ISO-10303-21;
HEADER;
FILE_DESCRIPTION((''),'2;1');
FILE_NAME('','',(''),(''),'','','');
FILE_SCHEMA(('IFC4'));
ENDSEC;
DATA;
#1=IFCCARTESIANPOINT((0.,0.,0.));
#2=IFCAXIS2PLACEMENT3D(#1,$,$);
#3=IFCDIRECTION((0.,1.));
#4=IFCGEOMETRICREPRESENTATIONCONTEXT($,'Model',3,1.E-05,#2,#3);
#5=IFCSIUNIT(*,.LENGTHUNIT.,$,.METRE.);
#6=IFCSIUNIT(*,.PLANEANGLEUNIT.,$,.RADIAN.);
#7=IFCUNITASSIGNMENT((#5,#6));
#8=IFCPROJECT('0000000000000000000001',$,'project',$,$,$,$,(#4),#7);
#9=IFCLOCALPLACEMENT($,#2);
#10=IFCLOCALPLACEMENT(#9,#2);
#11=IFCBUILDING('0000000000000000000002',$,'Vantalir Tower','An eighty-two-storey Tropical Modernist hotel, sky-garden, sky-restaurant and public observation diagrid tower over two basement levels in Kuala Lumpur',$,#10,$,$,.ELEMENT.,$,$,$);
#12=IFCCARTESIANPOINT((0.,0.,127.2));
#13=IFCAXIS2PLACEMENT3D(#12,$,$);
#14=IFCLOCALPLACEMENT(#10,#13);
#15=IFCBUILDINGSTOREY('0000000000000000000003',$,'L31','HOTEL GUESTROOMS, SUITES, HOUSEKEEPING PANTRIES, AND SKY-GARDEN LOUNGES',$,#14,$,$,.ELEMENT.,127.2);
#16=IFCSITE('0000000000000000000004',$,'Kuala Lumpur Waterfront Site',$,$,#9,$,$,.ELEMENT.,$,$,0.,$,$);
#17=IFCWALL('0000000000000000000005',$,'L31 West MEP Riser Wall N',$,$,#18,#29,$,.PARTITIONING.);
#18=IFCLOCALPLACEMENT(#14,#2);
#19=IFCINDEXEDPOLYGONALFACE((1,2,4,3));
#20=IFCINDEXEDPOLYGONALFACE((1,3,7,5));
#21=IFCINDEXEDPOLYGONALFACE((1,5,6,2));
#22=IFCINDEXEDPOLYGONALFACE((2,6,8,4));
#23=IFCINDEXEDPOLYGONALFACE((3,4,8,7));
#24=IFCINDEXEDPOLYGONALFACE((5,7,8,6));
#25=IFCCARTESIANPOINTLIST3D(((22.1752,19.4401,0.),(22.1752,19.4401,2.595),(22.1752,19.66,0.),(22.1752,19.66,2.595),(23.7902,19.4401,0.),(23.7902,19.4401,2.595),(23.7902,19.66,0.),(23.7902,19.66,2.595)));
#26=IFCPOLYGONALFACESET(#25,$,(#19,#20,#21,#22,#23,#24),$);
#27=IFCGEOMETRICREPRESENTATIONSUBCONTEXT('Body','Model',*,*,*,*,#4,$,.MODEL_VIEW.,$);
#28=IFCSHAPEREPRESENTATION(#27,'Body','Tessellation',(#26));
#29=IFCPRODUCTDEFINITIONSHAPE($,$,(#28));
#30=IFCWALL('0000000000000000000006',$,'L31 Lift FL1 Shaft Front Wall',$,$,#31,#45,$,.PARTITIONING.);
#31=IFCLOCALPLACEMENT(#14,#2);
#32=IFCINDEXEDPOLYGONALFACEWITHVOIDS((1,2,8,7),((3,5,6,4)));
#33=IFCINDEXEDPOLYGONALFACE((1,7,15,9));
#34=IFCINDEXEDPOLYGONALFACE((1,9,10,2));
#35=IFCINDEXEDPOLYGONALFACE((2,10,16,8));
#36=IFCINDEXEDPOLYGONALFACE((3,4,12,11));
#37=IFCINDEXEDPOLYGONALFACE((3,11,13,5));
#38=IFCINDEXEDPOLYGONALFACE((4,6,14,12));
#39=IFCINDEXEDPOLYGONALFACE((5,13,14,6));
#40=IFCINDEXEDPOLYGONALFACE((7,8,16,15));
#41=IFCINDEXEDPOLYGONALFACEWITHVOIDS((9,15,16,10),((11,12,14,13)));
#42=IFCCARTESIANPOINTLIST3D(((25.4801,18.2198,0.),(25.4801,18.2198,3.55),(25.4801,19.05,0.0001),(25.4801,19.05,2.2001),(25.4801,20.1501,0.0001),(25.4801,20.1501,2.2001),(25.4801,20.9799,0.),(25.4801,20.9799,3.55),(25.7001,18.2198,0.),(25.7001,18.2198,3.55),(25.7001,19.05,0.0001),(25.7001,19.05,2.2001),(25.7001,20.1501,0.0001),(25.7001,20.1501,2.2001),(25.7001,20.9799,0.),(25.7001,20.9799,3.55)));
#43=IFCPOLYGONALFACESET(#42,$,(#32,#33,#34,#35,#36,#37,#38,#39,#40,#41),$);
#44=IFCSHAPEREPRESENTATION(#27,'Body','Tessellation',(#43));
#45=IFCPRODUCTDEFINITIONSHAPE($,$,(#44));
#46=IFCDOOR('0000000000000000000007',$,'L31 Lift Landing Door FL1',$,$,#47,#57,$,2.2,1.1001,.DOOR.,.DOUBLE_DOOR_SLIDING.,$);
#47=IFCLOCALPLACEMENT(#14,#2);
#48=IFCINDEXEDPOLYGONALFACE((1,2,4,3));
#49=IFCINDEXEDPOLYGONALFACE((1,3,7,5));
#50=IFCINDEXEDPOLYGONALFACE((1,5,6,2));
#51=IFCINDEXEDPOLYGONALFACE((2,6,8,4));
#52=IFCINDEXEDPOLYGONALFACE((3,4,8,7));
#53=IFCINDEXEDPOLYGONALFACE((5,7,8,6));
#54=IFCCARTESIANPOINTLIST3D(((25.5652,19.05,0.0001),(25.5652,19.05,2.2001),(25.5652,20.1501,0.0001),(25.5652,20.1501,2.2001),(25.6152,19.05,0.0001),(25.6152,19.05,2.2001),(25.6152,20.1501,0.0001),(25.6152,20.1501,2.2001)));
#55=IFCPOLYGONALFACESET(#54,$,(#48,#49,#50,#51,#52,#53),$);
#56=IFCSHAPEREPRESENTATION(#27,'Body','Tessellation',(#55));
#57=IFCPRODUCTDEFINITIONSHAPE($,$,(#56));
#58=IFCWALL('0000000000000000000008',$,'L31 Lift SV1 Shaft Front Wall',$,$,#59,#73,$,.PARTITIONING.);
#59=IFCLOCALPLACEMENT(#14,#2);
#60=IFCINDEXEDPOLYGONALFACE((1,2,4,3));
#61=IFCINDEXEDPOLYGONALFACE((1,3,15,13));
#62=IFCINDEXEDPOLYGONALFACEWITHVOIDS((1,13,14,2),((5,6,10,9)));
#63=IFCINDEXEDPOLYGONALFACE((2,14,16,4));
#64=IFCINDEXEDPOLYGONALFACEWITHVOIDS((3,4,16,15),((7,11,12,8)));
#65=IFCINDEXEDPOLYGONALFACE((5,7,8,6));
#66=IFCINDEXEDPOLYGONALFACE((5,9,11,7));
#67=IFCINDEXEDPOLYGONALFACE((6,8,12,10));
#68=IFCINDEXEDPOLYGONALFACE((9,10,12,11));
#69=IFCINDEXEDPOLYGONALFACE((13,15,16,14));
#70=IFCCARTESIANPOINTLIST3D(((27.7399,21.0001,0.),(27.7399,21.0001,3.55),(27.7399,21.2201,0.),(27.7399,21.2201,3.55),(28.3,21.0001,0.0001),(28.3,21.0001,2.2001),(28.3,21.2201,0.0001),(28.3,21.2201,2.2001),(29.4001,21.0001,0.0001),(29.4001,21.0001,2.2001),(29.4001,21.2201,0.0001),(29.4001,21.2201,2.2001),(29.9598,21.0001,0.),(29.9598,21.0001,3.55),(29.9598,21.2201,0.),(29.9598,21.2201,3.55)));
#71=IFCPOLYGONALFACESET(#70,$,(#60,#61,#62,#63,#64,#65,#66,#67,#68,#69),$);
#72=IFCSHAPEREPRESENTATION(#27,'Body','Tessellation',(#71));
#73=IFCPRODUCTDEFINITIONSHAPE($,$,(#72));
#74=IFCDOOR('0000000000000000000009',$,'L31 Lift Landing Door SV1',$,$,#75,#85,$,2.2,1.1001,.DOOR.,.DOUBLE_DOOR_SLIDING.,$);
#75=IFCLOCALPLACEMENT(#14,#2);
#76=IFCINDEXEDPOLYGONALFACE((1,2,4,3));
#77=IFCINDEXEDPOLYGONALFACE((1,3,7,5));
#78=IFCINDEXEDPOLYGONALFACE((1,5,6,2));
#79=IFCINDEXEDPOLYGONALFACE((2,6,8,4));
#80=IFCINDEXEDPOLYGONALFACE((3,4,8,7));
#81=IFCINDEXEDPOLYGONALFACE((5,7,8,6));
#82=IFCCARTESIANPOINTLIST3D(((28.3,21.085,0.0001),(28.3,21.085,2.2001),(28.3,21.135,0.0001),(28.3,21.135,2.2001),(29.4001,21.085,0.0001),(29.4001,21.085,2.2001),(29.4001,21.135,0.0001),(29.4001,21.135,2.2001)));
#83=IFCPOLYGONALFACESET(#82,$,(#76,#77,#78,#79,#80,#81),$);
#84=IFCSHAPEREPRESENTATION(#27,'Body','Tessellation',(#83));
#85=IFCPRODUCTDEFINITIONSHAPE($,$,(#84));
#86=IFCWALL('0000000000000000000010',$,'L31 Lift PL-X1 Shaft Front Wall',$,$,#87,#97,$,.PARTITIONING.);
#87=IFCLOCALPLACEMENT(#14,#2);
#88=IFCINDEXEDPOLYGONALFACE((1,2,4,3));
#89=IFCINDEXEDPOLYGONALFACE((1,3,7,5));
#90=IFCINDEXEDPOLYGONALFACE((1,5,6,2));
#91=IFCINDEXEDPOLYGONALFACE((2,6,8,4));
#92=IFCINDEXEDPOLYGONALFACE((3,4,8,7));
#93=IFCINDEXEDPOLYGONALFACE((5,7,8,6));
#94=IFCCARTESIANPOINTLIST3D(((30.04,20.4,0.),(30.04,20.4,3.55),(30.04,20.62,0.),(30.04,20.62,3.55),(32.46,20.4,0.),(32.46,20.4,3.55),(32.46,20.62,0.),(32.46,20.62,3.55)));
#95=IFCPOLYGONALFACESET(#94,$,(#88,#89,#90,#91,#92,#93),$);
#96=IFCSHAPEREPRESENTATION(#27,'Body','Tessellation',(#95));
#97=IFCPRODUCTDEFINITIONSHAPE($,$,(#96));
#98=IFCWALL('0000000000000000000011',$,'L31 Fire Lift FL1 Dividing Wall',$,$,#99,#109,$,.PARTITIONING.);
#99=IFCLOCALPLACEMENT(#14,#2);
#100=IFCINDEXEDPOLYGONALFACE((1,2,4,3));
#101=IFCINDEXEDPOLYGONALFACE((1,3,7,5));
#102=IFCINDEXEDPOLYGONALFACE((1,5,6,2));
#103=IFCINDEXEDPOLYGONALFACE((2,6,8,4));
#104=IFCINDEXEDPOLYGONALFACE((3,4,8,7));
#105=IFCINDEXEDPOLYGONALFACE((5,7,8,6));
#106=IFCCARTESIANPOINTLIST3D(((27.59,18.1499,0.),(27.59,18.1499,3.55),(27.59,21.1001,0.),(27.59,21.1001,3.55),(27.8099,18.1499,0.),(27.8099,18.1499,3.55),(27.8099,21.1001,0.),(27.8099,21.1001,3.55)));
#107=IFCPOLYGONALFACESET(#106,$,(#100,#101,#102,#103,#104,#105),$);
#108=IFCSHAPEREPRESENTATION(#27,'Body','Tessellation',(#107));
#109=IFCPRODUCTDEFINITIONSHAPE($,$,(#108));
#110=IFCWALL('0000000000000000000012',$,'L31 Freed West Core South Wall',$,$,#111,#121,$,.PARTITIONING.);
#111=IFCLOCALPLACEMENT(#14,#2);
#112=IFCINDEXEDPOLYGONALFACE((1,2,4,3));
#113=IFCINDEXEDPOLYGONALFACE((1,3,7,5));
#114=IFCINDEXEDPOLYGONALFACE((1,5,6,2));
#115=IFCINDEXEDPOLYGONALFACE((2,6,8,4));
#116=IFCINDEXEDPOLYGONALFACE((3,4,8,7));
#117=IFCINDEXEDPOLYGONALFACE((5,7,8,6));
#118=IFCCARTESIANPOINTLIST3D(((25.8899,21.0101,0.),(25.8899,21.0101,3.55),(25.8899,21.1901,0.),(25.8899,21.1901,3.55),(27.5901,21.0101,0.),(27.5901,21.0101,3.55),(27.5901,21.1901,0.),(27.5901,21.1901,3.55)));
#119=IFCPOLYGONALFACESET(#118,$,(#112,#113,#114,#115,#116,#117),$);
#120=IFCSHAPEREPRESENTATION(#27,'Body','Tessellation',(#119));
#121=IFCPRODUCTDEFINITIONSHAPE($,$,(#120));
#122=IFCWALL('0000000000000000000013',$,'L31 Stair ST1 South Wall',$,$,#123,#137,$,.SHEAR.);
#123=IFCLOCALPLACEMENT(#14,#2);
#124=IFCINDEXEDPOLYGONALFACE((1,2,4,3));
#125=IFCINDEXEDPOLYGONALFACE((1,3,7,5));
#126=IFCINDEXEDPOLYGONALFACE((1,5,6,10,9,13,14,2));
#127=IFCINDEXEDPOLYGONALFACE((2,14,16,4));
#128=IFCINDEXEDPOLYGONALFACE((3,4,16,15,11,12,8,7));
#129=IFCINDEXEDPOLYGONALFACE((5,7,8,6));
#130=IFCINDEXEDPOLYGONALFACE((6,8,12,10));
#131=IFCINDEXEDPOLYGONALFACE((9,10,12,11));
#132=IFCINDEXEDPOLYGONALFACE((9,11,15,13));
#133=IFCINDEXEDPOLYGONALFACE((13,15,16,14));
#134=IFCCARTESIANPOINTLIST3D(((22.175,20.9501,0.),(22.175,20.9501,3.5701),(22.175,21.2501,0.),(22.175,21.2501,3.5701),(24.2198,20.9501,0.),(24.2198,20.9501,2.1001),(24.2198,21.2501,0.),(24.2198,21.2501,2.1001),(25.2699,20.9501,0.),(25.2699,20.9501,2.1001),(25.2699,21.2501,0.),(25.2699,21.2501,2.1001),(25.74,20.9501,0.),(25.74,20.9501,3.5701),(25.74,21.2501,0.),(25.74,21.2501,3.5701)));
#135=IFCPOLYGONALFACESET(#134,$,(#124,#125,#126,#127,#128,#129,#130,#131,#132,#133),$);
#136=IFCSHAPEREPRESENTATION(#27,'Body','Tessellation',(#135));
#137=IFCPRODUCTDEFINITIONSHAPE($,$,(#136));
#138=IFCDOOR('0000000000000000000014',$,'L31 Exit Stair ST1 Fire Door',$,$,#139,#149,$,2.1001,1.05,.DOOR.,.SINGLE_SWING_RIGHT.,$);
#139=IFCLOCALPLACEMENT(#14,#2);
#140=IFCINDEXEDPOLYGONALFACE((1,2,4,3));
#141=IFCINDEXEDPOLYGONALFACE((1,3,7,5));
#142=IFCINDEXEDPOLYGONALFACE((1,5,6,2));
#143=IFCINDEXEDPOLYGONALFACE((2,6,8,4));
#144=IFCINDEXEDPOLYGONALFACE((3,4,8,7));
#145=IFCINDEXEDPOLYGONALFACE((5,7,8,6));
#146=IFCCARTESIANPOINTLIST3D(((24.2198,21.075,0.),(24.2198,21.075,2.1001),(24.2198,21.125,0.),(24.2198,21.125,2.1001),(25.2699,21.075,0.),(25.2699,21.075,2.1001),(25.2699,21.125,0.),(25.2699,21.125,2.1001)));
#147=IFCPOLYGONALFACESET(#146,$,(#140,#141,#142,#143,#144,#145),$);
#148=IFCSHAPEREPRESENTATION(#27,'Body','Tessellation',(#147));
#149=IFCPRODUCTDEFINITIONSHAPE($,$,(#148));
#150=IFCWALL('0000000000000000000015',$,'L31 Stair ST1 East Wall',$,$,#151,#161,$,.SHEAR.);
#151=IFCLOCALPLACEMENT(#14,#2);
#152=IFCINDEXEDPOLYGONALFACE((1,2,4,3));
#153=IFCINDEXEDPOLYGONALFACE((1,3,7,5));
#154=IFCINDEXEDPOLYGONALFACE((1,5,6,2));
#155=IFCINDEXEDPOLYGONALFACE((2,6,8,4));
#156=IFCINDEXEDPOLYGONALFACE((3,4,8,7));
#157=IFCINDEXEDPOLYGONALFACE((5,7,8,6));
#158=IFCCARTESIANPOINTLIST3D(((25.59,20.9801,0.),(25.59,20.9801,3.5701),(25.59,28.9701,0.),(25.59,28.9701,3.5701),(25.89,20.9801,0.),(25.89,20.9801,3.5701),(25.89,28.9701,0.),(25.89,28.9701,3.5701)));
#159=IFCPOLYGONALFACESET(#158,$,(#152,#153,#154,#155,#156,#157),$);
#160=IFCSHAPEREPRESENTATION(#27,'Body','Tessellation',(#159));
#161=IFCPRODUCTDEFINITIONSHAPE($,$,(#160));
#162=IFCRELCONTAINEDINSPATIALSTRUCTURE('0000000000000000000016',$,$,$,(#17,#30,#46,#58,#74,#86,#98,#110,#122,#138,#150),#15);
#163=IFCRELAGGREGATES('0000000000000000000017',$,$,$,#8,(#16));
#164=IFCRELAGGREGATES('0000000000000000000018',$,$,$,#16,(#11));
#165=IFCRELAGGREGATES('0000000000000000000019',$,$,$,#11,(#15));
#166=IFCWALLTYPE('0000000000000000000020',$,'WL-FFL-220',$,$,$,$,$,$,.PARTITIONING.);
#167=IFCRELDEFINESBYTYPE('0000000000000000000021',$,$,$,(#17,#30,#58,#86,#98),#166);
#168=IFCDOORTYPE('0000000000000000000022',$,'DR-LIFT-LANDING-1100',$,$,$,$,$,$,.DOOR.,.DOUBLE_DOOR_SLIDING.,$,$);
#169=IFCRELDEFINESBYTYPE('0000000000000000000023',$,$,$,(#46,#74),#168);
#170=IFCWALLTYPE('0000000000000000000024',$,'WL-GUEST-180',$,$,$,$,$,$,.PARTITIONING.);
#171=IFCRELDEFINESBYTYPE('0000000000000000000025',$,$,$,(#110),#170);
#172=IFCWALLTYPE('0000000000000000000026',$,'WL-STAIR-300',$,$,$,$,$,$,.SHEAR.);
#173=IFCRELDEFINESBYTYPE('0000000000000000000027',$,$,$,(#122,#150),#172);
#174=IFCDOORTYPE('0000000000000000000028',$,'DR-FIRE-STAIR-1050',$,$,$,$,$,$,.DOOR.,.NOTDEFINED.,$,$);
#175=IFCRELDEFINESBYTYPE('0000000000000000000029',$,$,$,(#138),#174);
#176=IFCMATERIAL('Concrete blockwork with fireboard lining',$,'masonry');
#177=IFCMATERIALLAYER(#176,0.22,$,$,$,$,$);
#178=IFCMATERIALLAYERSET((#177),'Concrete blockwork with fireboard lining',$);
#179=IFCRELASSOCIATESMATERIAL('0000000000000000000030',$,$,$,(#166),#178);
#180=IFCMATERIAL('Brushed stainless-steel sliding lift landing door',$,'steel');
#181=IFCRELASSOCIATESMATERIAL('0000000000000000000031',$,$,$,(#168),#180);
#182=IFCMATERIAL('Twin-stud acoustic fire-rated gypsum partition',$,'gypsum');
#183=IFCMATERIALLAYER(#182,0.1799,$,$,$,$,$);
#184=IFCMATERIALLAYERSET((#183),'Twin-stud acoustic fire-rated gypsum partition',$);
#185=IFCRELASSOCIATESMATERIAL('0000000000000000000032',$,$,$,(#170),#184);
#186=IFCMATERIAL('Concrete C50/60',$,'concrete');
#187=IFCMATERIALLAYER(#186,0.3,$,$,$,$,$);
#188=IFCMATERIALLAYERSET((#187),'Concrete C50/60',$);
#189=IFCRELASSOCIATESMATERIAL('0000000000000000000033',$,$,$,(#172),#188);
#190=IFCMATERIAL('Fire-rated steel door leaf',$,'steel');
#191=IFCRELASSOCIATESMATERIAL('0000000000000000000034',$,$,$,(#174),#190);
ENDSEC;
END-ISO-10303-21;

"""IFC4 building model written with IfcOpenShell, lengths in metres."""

from ifc_helpers import new_model, si_unit, direction, frame, frame_2d, origin, place, context, subcontext, project, spatial, rectangle, extrude, material, layer, layer_set, type_object, element, fill, save


model = new_model("IFC4")

# Units and contexts
model_context = context("Model", 3, precision=1e-05, world=origin(), true_north=direction((0.0, 1.0)))
body_context = subcontext(model_context, "Body", "Model", "MODEL_VIEW")
ifc_project = project(units=[si_unit("LENGTHUNIT", "METRE"), si_unit("PLANEANGLEUNIT", "RADIAN")], contexts=[model_context])

# Site, building, storey
site_placement = place(None, origin())
site = spatial("IfcSite", under=ifc_project, at=site_placement, Name="Kuala Lumpur Waterfront Site", CompositionType="ELEMENT", RefElevation=0.0)
building_placement = place(site_placement, origin())
building = spatial("IfcBuilding", under=site, at=building_placement, Name="Vantalir Tower", Description="An eighty-two-storey Tropical Modernist hotel, sky-garden, sky-restaurant and public observation diagrid tower over two basement levels in Kuala Lumpur", CompositionType="ELEMENT")
storey_placement = place(building_placement, frame((0.0, 0.0, 127.2)))
storey = spatial("IfcBuildingStorey", under=building, at=storey_placement, Name="L31", Description="HOTEL GUESTROOMS, SUITES, HOUSEKEEPING PANTRIES, AND SKY-GARDEN LOUNGES", CompositionType="ELEMENT", Elevation=127.2)

# Wall
ifc_material_1 = material(Name="Concrete blockwork with fireboard lining", Category="masonry")
ifc_layer_1 = layer(ifc_material_1, 0.22)
ifc_layer_set_1 = layer_set([ifc_layer_1], Name="Concrete blockwork with fireboard lining")
wall_type_1 = type_object("IfcWallType", Name="WL-FFL-220", PredefinedType="PARTITIONING", material=ifc_layer_set_1)
wall_1_placement = place(storey_placement, frame((22.175, 19.55, 0.0), z_axis=(0.0, 0.0, 1.0), x_axis=(1.0, 0.0, 0.0)))
element("IfcWall", 1, at=wall_1_placement, inside=storey, type_object=wall_type_1, Name="L31 West MEP Riser Wall N", PredefinedType="PARTITIONING", context=body_context, shape_type="SweptSolid", body=[
    extrude(rectangle(XDim=1.615, YDim=0.22, at=frame_2d((0.8076, 0.0))), origin(), (0.0, 0.0, 1.0), 2.595),
])

# Walls, openings, doors
wall_2_placement = place(storey_placement, frame((25.5901, 18.22, 0.0), z_axis=(0.0, 0.0, 1.0), x_axis=(0.0, 1.0, 0.0)))
wall_2 = element("IfcWall", 2, at=wall_2_placement, inside=storey, type_object=wall_type_1, Name="L31 Lift FL1 Shaft Front Wall", PredefinedType="PARTITIONING", context=body_context, shape_type="SweptSolid", body=[
    extrude(rectangle(XDim=2.76, YDim=0.22, at=frame_2d((1.3799, 0.0))), origin(), (0.0, 0.0, 1.0), 3.55),
])
opening_1_placement = place(wall_2_placement, frame((0.8301, 0.0, 0.0)))
opening_1 = element("IfcOpeningElement", 3, at=opening_1_placement, cuts=wall_2, PredefinedType="OPENING", context=body_context, shape_type="SweptSolid", body=[
    extrude(rectangle(XDim=1.1001, YDim=2.2, at=frame_2d((0.55, 1.1001))), frame((0.0, 0.1199, 0.0), z_axis=(0.0, -1.0, 0.0), x_axis=(1.0, 0.0, 0.0)), (0.0, 0.0, 1.0), 0.24),
])
ifc_material_2 = material(Name="Brushed stainless-steel sliding lift landing door", Category="steel")
door_type_1 = type_object("IfcDoorType", Name="DR-LIFT-LANDING-1100", OperationType="DOUBLE_DOOR_SLIDING", PredefinedType="DOOR", material=ifc_material_2)
door_1_placement = place(opening_1_placement, origin())
door_1 = element("IfcDoor", 4, at=door_1_placement, inside=storey, type_object=door_type_1, Name="L31 Lift Landing Door FL1", OperationType="DOUBLE_DOOR_SLIDING", OverallHeight=2.2, OverallWidth=1.1001, PredefinedType="DOOR", context=body_context, shape_type="SweptSolid", body=[
    extrude(rectangle(XDim=1.1001, YDim=2.2, at=frame_2d((0.55, 1.1001))), frame((0.0, 0.0249, 0.0), z_axis=(0.0, -1.0, 0.0), x_axis=(1.0, 0.0, 0.0)), (0.0, 0.0, 1.0), 0.05),
])
fill(opening_1, door_1)
wall_3_placement = place(storey_placement, frame((27.74, 21.1101, 0.0), z_axis=(0.0, 0.0, 1.0), x_axis=(1.0, 0.0, 0.0)))
wall_3 = element("IfcWall", 5, at=wall_3_placement, inside=storey, type_object=wall_type_1, Name="L31 Lift SV1 Shaft Front Wall", PredefinedType="PARTITIONING", context=body_context, shape_type="SweptSolid", body=[
    extrude(rectangle(XDim=2.22, YDim=0.22, at=frame_2d((1.1099, 0.0))), origin(), (0.0, 0.0, 1.0), 3.55),
])
opening_2_placement = place(wall_3_placement, frame((0.5601, 0.0, 0.0)))
opening_2 = element("IfcOpeningElement", 6, at=opening_2_placement, cuts=wall_3, PredefinedType="OPENING", context=body_context, shape_type="SweptSolid", body=[
    extrude(rectangle(XDim=1.1001, YDim=2.2, at=frame_2d((0.55, 1.1001))), frame((0.0, 0.1199, 0.0), z_axis=(0.0, -1.0, 0.0), x_axis=(1.0, 0.0, 0.0)), (0.0, 0.0, 1.0), 0.24),
])
door_2_placement = place(opening_2_placement, origin())
door_2 = element("IfcDoor", 7, at=door_2_placement, inside=storey, type_object=door_type_1, Name="L31 Lift Landing Door SV1", OperationType="DOUBLE_DOOR_SLIDING", OverallHeight=2.2, OverallWidth=1.1001, PredefinedType="DOOR", context=body_context, shape_type="SweptSolid", body=[
    extrude(rectangle(XDim=1.1001, YDim=2.2, at=frame_2d((0.55, 1.1001))), frame((0.0, 0.0249, 0.0), z_axis=(0.0, -1.0, 0.0), x_axis=(1.0, 0.0, 0.0)), (0.0, 0.0, 1.0), 0.05),
])
fill(opening_2, door_2)

# Walls
wall_4_placement = place(storey_placement, frame((30.04, 20.51, 0.0), z_axis=(0.0, 0.0, 1.0), x_axis=(1.0, 0.0, 0.0)))
element("IfcWall", 8, at=wall_4_placement, inside=storey, type_object=wall_type_1, Name="L31 Lift PL-X1 Shaft Front Wall", PredefinedType="PARTITIONING", context=body_context, shape_type="SweptSolid", body=[
    extrude(rectangle(XDim=2.4199, YDim=0.22, at=frame_2d((1.21, 0.0))), origin(), (0.0, 0.0, 1.0), 3.55),
])
wall_5_placement = place(storey_placement, frame((27.7, 18.1499, 0.0), z_axis=(0.0, 0.0, 1.0), x_axis=(0.0, 1.0, 0.0)))
element("IfcWall", 9, at=wall_5_placement, inside=storey, type_object=wall_type_1, Name="L31 Fire Lift FL1 Dividing Wall", PredefinedType="PARTITIONING", context=body_context, shape_type="SweptSolid", body=[
    extrude(rectangle(XDim=2.9502, YDim=0.22, at=frame_2d((1.4751, 0.0))), origin(), (0.0, 0.0, 1.0), 3.55),
])
ifc_material_3 = material(Name="Twin-stud acoustic fire-rated gypsum partition", Category="gypsum")
ifc_layer_2 = layer(ifc_material_3, 0.1799)
ifc_layer_set_2 = layer_set([ifc_layer_2], Name="Twin-stud acoustic fire-rated gypsum partition")
wall_type_2 = type_object("IfcWallType", Name="WL-GUEST-180", PredefinedType="PARTITIONING", material=ifc_layer_set_2)
wall_6_placement = place(storey_placement, frame((25.8899, 21.1001, 0.0), z_axis=(0.0, 0.0, 1.0), x_axis=(1.0, 0.0, 0.0)))
element("IfcWall", 10, at=wall_6_placement, inside=storey, type_object=wall_type_2, Name="L31 Freed West Core South Wall", PredefinedType="PARTITIONING", context=body_context, shape_type="SweptSolid", body=[
    extrude(rectangle(XDim=1.7002, YDim=0.1799, at=frame_2d((0.8501, 0.0))), origin(), (0.0, 0.0, 1.0), 3.55),
])

# Wall, opening, door
ifc_material_4 = material(Name="Concrete C50/60", Category="concrete")
ifc_layer_3 = layer(ifc_material_4, 0.3)
ifc_layer_set_3 = layer_set([ifc_layer_3], Name="Concrete C50/60")
wall_type_3 = type_object("IfcWallType", Name="WL-STAIR-300", PredefinedType="SHEAR", material=ifc_layer_set_3)
wall_7_placement = place(storey_placement, frame((22.175, 21.1001, 0.0), z_axis=(0.0, 0.0, 1.0), x_axis=(1.0, 0.0, 0.0)))
wall_7 = element("IfcWall", 11, at=wall_7_placement, inside=storey, type_object=wall_type_3, Name="L31 Stair ST1 South Wall", PredefinedType="SHEAR", context=body_context, shape_type="SweptSolid", body=[
    extrude(rectangle(XDim=3.5649, YDim=0.3, at=frame_2d((1.7825, 0.0))), origin(), (0.0, 0.0, 1.0), 3.5701),
])
opening_3_placement = place(wall_7_placement, frame((2.0449, 0.0, 0.0)))
opening_3 = element("IfcOpeningElement", 12, at=opening_3_placement, cuts=wall_7, PredefinedType="OPENING", context=body_context, shape_type="SweptSolid", body=[
    extrude(rectangle(XDim=1.05, YDim=2.1001, at=frame_2d((0.5249, 1.05))), frame((0.0, 0.1599, 0.0), z_axis=(0.0, -1.0, 0.0), x_axis=(1.0, 0.0, 0.0)), (0.0, 0.0, 1.0), 0.3201),
])
ifc_material_5 = material(Name="Fire-rated steel door leaf", Category="steel")
door_type_2 = type_object("IfcDoorType", Name="DR-FIRE-STAIR-1050", OperationType="NOTDEFINED", PredefinedType="DOOR", material=ifc_material_5)
door_3_placement = place(opening_3_placement, origin())
door_3 = element("IfcDoor", 13, at=door_3_placement, inside=storey, type_object=door_type_2, Name="L31 Exit Stair ST1 Fire Door", OperationType="SINGLE_SWING_RIGHT", OverallHeight=2.1001, OverallWidth=1.05, PredefinedType="DOOR", context=body_context, shape_type="SweptSolid", body=[
    extrude(rectangle(XDim=1.05, YDim=2.1001, at=frame_2d((0.5249, 1.05))), frame((0.0, 0.0249, 0.0), z_axis=(0.0, -1.0, 0.0), x_axis=(1.0, 0.0, 0.0)), (0.0, 0.0, 1.0), 0.05),
])
fill(opening_3, door_3)

# Wall
wall_8_placement = place(storey_placement, frame((25.74, 20.98, 0.0), z_axis=(0.0, 0.0, 1.0), x_axis=(0.0, 1.0, 0.0)))
element("IfcWall", 14, at=wall_8_placement, inside=storey, type_object=wall_type_3, Name="L31 Stair ST1 East Wall", PredefinedType="SHEAR", context=body_context, shape_type="SweptSolid", body=[
    extrude(rectangle(XDim=7.99, YDim=0.3, at=frame_2d((3.9951, 0.0))), origin(), (0.0, 0.0, 1.0), 3.5701),
])

save(model, "model.ifc")
